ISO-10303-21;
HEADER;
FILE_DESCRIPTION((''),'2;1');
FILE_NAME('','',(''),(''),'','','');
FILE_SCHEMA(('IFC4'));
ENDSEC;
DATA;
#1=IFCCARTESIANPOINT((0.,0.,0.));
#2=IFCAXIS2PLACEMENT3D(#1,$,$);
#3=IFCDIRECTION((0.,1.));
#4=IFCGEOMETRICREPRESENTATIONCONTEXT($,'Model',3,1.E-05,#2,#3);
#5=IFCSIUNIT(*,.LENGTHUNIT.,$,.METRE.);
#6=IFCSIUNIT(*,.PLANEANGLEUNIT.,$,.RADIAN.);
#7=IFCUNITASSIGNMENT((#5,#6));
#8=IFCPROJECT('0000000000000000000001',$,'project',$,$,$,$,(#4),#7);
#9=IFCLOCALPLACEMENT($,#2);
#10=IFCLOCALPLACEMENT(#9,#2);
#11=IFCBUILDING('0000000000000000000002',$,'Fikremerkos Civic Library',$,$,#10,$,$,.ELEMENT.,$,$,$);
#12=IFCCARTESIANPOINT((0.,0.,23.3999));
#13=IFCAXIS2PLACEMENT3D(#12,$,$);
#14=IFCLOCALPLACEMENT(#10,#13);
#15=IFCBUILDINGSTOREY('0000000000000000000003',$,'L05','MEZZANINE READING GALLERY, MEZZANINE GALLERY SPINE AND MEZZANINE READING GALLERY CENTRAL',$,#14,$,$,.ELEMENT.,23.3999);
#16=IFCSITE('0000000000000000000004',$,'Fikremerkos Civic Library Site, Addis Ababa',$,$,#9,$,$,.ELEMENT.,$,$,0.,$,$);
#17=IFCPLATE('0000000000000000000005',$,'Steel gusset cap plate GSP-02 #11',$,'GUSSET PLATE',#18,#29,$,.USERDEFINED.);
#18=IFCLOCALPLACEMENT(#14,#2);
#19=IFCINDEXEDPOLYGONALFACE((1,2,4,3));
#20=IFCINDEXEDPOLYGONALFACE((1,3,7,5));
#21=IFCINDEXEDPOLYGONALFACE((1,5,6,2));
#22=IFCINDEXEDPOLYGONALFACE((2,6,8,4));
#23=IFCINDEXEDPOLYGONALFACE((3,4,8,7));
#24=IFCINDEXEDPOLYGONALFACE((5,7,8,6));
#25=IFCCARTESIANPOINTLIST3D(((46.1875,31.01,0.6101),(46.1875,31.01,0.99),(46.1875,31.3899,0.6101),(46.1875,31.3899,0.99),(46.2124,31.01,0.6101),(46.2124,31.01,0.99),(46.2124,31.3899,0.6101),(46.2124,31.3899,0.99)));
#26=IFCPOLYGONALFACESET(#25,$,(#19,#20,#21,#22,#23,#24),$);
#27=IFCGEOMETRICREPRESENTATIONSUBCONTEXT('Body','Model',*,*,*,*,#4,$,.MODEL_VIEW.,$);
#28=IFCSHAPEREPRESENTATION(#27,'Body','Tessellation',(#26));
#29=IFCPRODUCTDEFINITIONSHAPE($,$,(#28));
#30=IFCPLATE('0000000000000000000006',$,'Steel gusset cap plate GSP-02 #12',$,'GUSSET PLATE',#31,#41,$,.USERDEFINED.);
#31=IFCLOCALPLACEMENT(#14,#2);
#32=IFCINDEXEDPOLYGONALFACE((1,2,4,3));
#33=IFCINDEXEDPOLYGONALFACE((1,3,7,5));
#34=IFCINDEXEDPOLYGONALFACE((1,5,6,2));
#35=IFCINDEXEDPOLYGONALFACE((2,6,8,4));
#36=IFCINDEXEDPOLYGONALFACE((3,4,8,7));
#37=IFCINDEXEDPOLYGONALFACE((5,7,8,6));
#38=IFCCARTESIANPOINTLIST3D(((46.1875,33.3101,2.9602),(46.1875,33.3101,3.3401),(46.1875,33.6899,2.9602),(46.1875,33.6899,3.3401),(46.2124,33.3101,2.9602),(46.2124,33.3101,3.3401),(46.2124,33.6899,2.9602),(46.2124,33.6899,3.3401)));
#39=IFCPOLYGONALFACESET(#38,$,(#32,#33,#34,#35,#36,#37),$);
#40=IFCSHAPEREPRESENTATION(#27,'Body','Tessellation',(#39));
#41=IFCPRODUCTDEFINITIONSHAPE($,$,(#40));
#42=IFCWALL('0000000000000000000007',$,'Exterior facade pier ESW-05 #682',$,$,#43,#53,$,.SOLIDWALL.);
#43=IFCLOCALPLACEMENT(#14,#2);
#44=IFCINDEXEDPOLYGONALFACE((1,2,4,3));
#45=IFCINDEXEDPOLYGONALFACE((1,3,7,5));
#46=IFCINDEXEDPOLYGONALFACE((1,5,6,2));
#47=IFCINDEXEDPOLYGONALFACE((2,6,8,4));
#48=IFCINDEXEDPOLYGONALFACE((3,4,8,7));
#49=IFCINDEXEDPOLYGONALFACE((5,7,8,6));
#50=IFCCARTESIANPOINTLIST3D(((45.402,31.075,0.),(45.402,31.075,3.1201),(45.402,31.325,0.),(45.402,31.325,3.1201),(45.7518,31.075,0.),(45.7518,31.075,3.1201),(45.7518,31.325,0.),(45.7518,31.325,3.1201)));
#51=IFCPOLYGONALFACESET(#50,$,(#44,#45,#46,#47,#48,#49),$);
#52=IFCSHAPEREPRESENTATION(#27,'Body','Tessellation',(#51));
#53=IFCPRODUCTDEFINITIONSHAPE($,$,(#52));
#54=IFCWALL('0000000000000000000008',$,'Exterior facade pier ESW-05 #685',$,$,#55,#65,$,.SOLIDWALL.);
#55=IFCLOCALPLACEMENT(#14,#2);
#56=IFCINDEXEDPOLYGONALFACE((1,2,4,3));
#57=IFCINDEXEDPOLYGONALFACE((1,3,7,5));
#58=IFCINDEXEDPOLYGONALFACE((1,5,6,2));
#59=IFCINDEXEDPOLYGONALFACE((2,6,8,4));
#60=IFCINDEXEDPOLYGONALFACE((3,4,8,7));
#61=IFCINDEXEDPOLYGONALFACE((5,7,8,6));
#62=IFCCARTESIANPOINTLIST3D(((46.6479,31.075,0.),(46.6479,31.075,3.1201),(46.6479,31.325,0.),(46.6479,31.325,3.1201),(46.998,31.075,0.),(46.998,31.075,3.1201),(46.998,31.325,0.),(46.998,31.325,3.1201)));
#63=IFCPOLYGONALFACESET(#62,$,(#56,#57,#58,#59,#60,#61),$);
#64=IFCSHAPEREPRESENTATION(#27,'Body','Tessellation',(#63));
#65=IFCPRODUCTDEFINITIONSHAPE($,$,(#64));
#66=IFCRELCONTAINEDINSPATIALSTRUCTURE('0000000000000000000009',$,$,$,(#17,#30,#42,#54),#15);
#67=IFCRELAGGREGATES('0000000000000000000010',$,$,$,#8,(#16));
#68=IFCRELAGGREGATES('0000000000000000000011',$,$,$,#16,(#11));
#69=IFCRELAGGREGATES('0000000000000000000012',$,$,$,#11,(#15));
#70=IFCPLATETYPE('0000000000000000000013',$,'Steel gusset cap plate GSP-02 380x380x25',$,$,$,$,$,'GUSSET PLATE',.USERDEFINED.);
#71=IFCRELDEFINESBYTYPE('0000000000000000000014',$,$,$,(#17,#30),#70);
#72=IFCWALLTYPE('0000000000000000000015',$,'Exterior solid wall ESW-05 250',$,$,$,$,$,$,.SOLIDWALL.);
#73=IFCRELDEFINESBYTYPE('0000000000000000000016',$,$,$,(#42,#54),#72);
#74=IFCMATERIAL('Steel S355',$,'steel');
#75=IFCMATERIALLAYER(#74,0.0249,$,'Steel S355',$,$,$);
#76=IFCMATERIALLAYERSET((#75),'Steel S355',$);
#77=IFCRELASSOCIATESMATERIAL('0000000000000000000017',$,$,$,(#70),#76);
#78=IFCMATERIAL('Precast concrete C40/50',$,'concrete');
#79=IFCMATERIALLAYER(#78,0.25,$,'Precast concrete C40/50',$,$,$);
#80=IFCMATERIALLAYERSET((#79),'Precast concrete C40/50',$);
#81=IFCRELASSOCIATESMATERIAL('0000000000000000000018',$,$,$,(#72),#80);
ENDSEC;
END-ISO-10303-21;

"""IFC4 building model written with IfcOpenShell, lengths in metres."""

from ifc_helpers import new_model, si_unit, direction, frame, frame_2d, origin, origin_2d, place, context, subcontext, project, spatial, rectangle, extrude, material, layer, layer_set, type_object, element, save


model = new_model("IFC4")

# Units and contexts
model_context = context("Model", 3, precision=1e-05, world=origin(), true_north=direction((0.0, 1.0)))
body_context = subcontext(model_context, "Body", "Model", "MODEL_VIEW")
ifc_project = project(units=[si_unit("LENGTHUNIT", "METRE"), si_unit("PLANEANGLEUNIT", "RADIAN")], contexts=[model_context])

# Site, building, storey
site_placement = place(None, origin())
site = spatial("IfcSite", under=ifc_project, at=site_placement, Name="Fikremerkos Civic Library Site, Addis Ababa", CompositionType="ELEMENT", RefElevation=0.0)
building_placement = place(site_placement, origin())
building = spatial("IfcBuilding", under=site, at=building_placement, Name="Fikremerkos Civic Library", CompositionType="ELEMENT")
storey_placement = place(building_placement, frame((0.0, 0.0, 23.3999)))
storey = spatial("IfcBuildingStorey", under=building, at=storey_placement, Name="L05", Description="MEZZANINE READING GALLERY, MEZZANINE GALLERY SPINE AND MEZZANINE READING GALLERY CENTRAL", CompositionType="ELEMENT", Elevation=23.3999)

# Shared definitions
ifc_material_1 = material(Name="Steel S355", Category="steel")

# Plates
ifc_layer_1 = layer(ifc_material_1, 0.0249, Name="Steel S355")
ifc_layer_set_1 = layer_set([ifc_layer_1], Name="Steel S355")
plate_type_1 = type_object("IfcPlateType", Name="Steel gusset cap plate GSP-02 380x380x25", ElementType="GUSSET PLATE", PredefinedType="USERDEFINED", material=ifc_layer_set_1)
for number, where, z_axis, x_axis, name in (
    (1, (46.2, 31.2, 0.6101), (0.0, 0.0, 1.0), (1.0, 0.0, 0.0), "Steel gusset cap plate GSP-02 #11"),
    (2, (46.2, 33.5, 2.9602), (0.0, 0.0, 1.0), (1.0, 0.0, 0.0), "Steel gusset cap plate GSP-02 #12"),
):
    element("IfcPlate", number, at=place(storey_placement, frame(where, z_axis=z_axis, x_axis=x_axis)), inside=storey, type_object=plate_type_1, Name=name, ObjectType="GUSSET PLATE", PredefinedType="USERDEFINED", context=body_context, shape_type="SweptSolid", body=[
        extrude(rectangle(XDim=0.0249, YDim=0.3799, at=origin_2d()), origin(), (0.0, 0.0, 1.0), 0.3799),
    ])

# Walls
ifc_material_2 = material(Name="Precast concrete C40/50", Category="concrete")
ifc_layer_2 = layer(ifc_material_2, 0.25, Name="Precast concrete C40/50")
ifc_layer_set_2 = layer_set([ifc_layer_2], Name="Precast concrete C40/50")
wall_type = type_object("IfcWallType", Name="Exterior solid wall ESW-05 250", PredefinedType="SOLIDWALL", material=ifc_layer_set_2)
wall_1_placement = place(storey_placement, frame((45.4021, 31.2, 0.0), z_axis=(0.0, 0.0, 1.0), x_axis=(1.0, 0.0, 0.0)))
element("IfcWall", 3, at=wall_1_placement, inside=storey, type_object=wall_type, Name="Exterior facade pier ESW-05 #682", PredefinedType="SOLIDWALL", context=body_context, shape_type="SweptSolid", body=[
    extrude(rectangle(XDim=0.3499, YDim=0.25, at=frame_2d((0.1748, 0.0))), origin(), (0.0, 0.0, 1.0), 3.1201),
])
wall_2_placement = place(storey_placement, frame((46.6479, 31.2, 0.0), z_axis=(0.0, 0.0, 1.0), x_axis=(1.0, 0.0, 0.0)))
element("IfcWall", 4, at=wall_2_placement, inside=storey, type_object=wall_type, Name="Exterior facade pier ESW-05 #685", PredefinedType="SOLIDWALL", context=body_context, shape_type="SweptSolid", body=[
    extrude(rectangle(XDim=0.3501, YDim=0.25, at=frame_2d((0.175, 0.0))), origin(), (0.0, 0.0, 1.0), 3.1201),
])

save(model, "model.ifc")
